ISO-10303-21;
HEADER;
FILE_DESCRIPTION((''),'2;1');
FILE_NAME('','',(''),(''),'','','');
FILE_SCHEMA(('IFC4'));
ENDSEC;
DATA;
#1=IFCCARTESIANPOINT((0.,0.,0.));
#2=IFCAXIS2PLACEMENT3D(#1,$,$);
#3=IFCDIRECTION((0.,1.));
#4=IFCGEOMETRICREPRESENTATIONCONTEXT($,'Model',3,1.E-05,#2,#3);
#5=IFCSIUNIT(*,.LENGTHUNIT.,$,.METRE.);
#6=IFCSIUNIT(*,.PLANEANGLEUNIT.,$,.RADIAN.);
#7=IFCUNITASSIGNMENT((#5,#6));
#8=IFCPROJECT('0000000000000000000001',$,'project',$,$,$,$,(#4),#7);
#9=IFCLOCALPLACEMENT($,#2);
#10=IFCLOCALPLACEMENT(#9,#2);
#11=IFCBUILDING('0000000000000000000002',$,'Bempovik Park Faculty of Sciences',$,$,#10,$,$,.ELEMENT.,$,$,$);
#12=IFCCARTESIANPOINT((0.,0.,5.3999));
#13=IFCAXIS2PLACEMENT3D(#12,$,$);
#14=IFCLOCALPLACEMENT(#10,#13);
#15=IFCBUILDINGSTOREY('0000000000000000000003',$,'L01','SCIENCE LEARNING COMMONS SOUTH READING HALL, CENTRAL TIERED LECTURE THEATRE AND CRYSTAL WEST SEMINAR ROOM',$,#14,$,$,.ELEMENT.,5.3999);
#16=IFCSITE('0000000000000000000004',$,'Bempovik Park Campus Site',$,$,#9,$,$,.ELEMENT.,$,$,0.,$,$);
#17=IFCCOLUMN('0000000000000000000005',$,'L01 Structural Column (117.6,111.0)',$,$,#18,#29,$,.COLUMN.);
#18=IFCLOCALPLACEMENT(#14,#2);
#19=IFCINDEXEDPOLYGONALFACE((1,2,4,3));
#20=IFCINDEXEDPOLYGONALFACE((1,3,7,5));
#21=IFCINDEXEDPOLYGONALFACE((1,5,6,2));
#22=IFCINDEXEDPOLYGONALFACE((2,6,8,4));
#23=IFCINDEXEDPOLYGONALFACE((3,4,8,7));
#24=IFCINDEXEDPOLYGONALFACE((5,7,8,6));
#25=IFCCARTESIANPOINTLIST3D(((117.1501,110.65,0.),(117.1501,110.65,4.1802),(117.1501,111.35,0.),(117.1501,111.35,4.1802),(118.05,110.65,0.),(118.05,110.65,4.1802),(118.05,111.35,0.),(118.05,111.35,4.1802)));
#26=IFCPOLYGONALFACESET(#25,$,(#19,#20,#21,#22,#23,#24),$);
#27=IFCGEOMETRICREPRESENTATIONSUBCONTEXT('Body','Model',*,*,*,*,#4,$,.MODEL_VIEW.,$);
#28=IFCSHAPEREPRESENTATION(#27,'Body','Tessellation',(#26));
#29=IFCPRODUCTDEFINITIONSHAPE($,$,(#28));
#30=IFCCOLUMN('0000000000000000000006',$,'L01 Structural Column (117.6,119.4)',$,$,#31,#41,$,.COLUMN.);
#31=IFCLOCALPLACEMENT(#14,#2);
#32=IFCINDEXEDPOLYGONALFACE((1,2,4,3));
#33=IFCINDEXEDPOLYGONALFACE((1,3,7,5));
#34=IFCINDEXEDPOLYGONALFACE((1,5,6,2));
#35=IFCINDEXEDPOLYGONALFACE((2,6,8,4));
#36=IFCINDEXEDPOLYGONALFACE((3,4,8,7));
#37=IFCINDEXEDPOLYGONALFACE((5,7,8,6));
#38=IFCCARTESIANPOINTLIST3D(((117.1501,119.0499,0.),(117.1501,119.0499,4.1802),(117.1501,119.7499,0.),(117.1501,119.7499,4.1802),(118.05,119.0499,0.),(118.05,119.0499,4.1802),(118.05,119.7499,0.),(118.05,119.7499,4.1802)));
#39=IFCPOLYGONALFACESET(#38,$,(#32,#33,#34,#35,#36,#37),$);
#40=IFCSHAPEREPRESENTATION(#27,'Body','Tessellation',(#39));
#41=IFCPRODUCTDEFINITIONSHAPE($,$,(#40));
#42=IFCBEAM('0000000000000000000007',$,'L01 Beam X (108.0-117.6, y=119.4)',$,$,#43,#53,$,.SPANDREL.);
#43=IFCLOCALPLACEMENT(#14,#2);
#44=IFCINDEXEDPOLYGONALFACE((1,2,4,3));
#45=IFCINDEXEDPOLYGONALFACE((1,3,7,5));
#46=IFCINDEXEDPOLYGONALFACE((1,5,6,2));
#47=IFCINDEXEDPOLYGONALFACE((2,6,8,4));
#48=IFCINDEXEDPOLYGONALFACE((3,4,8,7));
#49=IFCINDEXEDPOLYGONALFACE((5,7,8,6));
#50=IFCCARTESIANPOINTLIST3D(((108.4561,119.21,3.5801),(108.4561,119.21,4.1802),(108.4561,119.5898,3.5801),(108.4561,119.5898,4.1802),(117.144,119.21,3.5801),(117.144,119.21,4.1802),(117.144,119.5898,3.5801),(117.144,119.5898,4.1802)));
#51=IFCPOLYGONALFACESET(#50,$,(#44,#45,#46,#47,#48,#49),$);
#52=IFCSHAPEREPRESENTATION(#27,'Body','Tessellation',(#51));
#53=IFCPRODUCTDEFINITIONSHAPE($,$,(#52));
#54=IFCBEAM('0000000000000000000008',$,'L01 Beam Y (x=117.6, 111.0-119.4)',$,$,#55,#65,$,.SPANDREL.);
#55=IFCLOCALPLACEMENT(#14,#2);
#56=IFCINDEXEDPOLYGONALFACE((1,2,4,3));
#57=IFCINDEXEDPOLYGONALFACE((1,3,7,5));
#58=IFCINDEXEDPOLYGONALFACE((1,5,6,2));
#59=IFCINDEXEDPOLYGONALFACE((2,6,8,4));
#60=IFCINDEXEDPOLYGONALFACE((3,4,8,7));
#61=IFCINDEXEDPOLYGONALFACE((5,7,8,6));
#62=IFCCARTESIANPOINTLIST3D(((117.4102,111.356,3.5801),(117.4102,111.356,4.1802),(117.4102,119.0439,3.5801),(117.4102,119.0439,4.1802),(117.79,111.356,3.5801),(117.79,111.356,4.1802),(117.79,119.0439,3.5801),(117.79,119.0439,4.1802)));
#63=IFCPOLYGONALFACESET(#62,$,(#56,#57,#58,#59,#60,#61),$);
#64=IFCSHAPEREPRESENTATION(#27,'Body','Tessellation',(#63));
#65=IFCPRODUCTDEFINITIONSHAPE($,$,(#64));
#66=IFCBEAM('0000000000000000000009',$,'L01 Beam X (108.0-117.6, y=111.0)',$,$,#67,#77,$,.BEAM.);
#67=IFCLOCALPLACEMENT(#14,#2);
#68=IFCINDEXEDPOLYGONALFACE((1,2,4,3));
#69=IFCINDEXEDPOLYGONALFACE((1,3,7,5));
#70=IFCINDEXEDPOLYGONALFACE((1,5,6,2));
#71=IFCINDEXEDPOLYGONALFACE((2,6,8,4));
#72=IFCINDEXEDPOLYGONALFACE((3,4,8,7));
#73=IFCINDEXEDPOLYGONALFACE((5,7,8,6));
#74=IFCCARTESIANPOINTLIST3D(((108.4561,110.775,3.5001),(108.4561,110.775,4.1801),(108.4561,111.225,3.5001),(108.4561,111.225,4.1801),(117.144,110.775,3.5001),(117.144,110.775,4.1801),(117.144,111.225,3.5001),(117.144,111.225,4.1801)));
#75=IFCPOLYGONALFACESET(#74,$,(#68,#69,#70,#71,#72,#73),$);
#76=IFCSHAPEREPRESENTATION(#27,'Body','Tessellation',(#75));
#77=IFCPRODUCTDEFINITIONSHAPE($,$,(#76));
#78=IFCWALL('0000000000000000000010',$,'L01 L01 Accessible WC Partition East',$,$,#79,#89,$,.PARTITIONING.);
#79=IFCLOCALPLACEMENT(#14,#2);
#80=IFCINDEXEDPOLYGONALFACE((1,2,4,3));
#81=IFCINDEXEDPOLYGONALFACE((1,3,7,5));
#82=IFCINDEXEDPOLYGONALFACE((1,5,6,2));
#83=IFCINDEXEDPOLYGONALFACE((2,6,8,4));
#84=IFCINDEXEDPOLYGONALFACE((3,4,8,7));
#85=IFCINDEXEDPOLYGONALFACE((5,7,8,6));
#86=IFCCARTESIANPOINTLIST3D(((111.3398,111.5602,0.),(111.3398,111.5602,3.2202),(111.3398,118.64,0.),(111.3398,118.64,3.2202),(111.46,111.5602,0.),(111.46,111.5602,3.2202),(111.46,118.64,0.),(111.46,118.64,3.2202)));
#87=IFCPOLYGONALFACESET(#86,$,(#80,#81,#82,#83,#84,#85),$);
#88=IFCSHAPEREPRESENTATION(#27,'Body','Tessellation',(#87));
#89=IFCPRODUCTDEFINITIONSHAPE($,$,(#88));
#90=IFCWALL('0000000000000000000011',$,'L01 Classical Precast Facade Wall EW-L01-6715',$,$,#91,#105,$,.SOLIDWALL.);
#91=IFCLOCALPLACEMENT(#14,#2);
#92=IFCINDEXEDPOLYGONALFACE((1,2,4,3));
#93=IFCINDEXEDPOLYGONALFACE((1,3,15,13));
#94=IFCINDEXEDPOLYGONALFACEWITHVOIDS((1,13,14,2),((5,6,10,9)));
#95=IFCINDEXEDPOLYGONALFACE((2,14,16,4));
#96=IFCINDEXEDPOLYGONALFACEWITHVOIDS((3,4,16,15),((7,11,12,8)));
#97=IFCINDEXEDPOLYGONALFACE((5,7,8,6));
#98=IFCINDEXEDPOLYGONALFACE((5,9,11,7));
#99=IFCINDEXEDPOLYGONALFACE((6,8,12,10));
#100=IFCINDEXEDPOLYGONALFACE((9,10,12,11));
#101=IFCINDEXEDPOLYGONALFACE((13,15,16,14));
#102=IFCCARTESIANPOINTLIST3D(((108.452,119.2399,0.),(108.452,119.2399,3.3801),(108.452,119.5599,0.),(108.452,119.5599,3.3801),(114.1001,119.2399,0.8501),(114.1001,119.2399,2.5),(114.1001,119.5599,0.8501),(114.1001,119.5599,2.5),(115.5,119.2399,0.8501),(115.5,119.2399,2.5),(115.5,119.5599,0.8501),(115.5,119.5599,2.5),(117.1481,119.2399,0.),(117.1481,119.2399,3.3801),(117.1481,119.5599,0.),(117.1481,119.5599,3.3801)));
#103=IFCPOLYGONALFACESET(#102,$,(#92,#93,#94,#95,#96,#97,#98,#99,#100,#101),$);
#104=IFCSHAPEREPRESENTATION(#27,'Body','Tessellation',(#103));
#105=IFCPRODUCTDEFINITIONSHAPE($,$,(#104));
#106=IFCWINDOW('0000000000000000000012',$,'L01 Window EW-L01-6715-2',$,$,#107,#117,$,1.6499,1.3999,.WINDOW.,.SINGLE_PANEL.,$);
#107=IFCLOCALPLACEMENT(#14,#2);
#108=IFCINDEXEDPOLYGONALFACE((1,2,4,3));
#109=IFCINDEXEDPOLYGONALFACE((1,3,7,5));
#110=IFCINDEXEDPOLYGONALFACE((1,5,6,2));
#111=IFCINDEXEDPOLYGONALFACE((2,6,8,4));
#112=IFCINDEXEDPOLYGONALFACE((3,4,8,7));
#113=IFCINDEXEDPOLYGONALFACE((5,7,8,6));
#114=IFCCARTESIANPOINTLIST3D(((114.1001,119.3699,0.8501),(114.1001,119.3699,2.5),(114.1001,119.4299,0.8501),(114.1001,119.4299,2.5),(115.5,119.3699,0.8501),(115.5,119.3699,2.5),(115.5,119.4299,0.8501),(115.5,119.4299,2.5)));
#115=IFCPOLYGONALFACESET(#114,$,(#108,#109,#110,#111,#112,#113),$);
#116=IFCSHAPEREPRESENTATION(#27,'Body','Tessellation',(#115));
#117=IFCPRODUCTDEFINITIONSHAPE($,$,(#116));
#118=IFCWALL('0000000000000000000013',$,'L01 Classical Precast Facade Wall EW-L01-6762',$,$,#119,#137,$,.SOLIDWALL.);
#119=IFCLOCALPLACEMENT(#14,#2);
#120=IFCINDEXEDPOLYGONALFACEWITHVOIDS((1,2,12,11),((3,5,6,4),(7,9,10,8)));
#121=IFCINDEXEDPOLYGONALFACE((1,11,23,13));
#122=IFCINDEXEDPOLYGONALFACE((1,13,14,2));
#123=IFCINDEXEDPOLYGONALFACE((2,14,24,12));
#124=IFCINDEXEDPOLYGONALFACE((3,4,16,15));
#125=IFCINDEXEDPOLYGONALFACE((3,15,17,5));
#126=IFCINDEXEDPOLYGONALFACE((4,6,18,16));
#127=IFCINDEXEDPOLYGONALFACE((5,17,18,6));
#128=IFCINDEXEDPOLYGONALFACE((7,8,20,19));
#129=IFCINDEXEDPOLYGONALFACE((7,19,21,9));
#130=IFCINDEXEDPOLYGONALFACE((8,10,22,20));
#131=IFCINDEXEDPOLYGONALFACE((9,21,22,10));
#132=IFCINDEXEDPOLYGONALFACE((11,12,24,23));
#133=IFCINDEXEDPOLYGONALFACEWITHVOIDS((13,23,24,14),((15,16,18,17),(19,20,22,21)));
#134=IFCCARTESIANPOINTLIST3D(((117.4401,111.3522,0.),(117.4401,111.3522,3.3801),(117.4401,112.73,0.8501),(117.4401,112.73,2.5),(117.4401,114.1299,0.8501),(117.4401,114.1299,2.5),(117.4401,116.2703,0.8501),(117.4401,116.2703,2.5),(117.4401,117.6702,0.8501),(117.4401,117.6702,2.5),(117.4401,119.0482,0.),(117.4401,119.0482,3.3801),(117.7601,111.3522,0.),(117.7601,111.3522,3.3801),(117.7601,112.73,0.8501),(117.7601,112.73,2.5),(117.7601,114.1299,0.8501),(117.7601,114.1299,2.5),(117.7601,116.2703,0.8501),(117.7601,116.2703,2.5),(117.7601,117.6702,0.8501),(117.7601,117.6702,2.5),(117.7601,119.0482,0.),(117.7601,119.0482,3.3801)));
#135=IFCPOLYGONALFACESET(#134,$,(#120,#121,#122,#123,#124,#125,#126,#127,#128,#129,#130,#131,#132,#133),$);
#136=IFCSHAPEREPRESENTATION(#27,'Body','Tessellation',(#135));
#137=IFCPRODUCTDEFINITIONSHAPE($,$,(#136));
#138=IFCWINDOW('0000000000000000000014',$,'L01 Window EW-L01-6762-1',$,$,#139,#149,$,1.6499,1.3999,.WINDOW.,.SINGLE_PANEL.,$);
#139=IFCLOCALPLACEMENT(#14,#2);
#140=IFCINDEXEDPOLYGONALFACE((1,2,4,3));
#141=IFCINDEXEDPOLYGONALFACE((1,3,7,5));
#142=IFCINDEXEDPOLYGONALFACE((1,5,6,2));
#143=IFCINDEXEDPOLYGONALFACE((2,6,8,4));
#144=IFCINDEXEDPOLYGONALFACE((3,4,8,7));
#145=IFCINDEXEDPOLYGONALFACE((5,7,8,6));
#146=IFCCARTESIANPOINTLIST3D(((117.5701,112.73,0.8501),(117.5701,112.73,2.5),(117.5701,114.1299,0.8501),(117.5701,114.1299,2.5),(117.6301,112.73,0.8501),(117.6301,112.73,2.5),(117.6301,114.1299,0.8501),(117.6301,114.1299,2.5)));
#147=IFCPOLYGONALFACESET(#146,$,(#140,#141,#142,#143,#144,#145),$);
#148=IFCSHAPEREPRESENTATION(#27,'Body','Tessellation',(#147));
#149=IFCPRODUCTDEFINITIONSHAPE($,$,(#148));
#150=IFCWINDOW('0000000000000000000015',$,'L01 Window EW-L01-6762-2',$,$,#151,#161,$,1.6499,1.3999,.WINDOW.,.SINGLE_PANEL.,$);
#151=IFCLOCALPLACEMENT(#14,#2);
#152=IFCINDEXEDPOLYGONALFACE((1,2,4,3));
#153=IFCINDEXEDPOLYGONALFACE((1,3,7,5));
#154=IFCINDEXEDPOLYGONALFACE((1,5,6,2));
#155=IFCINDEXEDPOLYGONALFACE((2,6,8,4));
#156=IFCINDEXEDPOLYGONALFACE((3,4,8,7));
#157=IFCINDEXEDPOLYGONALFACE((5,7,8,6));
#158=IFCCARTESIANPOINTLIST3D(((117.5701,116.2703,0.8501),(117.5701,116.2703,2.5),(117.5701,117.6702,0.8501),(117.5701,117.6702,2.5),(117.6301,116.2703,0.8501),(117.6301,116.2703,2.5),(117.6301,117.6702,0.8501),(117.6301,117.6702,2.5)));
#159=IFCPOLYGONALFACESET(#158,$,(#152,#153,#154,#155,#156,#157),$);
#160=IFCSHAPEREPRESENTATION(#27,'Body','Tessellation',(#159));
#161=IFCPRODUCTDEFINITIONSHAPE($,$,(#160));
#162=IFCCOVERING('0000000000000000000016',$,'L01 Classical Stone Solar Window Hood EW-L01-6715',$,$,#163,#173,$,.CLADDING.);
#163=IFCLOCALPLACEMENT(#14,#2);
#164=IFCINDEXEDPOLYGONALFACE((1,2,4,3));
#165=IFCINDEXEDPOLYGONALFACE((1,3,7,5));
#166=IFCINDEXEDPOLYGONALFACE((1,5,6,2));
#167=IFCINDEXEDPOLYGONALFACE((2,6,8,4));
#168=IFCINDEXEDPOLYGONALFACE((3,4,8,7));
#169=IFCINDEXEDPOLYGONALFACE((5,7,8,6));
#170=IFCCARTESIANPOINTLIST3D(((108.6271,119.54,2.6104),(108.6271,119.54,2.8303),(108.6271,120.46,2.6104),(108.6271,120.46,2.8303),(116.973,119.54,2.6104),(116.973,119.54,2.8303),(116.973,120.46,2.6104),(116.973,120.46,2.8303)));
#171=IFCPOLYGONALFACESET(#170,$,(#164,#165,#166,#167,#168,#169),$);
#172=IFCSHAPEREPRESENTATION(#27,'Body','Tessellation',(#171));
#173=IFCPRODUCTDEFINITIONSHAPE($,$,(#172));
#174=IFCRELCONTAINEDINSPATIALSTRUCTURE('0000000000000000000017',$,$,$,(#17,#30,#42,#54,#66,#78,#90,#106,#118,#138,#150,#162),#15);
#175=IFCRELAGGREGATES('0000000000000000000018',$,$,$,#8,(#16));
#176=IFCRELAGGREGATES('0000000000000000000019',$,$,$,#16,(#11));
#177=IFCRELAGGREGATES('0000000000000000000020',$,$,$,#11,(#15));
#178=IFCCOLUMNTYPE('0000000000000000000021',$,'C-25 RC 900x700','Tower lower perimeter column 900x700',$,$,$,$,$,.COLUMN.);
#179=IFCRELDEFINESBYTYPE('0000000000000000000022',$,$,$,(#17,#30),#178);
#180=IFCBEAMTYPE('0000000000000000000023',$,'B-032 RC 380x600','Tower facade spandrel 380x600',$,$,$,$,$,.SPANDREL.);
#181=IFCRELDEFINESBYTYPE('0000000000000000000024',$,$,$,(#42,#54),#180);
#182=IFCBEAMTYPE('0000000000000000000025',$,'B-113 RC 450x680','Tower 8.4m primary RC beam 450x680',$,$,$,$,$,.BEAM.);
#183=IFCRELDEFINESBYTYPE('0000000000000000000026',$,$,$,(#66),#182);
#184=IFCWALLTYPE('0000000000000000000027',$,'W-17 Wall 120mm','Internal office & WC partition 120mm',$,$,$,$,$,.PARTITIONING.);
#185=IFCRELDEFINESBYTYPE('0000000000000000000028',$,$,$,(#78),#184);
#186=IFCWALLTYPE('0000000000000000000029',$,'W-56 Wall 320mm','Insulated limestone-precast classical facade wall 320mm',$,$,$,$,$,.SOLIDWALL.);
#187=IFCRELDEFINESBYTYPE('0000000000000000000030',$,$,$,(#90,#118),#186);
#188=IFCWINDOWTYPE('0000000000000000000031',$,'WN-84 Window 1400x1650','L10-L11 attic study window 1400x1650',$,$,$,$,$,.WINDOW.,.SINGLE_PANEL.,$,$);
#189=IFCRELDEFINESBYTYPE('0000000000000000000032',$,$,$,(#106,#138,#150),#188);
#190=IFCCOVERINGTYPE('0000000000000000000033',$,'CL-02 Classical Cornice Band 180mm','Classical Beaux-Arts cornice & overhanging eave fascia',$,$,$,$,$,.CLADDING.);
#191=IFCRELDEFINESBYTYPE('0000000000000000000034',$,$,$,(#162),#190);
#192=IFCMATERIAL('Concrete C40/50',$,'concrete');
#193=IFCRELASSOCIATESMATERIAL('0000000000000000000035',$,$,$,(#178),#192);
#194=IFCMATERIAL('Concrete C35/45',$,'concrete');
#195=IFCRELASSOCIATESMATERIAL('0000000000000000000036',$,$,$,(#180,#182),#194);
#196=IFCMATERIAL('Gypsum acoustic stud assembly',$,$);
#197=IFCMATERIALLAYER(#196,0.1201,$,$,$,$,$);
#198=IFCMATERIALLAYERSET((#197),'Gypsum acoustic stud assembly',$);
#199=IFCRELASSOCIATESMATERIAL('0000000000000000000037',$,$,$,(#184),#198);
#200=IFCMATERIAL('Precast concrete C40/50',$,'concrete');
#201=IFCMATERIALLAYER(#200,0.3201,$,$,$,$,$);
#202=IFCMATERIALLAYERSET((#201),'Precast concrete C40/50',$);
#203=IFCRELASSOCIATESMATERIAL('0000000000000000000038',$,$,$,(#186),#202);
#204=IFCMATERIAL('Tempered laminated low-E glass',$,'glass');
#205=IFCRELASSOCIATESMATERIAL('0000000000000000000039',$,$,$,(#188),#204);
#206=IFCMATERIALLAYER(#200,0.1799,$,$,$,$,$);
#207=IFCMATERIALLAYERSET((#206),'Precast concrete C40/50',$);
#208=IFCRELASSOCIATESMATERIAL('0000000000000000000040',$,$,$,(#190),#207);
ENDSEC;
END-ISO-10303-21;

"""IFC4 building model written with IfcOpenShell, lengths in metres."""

from ifc_helpers import new_model, si_unit, direction, frame, frame_2d, origin, origin_2d, place, context, subcontext, project, spatial, rectangle, extrude, material, layer, layer_set, material_profile, profile_set, type_object, element, fill, save


model = new_model("IFC4")

# Units and contexts
model_context = context("Model", 3, precision=1e-05, world=origin(), true_north=direction((0.0, 1.0)))
body_context = subcontext(model_context, "Body", "Model", "MODEL_VIEW")
ifc_project = project(units=[si_unit("LENGTHUNIT", "METRE"), si_unit("PLANEANGLEUNIT", "RADIAN")], contexts=[model_context])

# Site, building, storey
site_placement = place(None, origin())
site = spatial("IfcSite", under=ifc_project, at=site_placement, Name="Bempovik Park Campus Site", CompositionType="ELEMENT", RefElevation=0.0)
building_placement = place(site_placement, origin())
building = spatial("IfcBuilding", under=site, at=building_placement, Name="Bempovik Park Faculty of Sciences", CompositionType="ELEMENT")
storey_placement = place(building_placement, frame((0.0, 0.0, 5.3999)))
storey = spatial("IfcBuildingStorey", under=building, at=storey_placement, Name="L01", Description="SCIENCE LEARNING COMMONS SOUTH READING HALL, CENTRAL TIERED LECTURE THEATRE AND CRYSTAL WEST SEMINAR ROOM", CompositionType="ELEMENT", Elevation=5.3999)

# Columns
ifc_material_1 = material(Name="Concrete C40/50", Category="concrete")
ifc_material_profile_1 = material_profile(ifc_material_1, rectangle(XDim=0.8999, YDim=0.7, at=origin_2d()), Name="RC 900x700")
ifc_profile_set_1 = profile_set([ifc_material_profile_1], Name="Concrete C40/50")
column_type = type_object("IfcColumnType", Name="C-25 RC 900x700", Description="Tower lower perimeter column 900x700", PredefinedType="COLUMN", material=ifc_profile_set_1)
for number, where, z_axis, x_axis, name in (
    (1, (117.6001, 111.0, 0.0), (0.0, 0.0, 1.0), (1.0, 0.0, 0.0), "L01 Structural Column (117.6,111.0)"),
    (2, (117.6001, 119.3999, 0.0), (0.0, 0.0, 1.0), (1.0, 0.0, 0.0), "L01 Structural Column (117.6,119.4)"),
):
    element("IfcColumn", number, at=place(storey_placement, frame(where, z_axis=z_axis, x_axis=x_axis)), inside=storey, type_object=column_type, Name=name, PredefinedType="COLUMN", context=body_context, shape_type="SweptSolid", body=[
        extrude(rectangle(XDim=0.8999, YDim=0.7, at=origin_2d()), origin(), (0.0, 0.0, 1.0), 4.1802),
    ])

# Beams
ifc_material_2 = material(Name="Concrete C35/45", Category="concrete")
ifc_material_profile_2 = material_profile(ifc_material_2, rectangle(XDim=0.3799, YDim=0.6001, at=origin_2d()), Name="RC 380x600")
ifc_profile_set_2 = profile_set([ifc_material_profile_2], Name="Concrete C35/45")
beam_type_1 = type_object("IfcBeamType", Name="B-032 RC 380x600", Description="Tower facade spandrel 380x600", PredefinedType="SPANDREL", material=ifc_profile_set_2)
beam_1_placement = place(storey_placement, frame((108.4561, 119.3999, 3.8801), z_axis=(1.0, 0.0, 0.0), x_axis=(0.0, 1.0, 0.0)))
element("IfcBeam", 3, at=beam_1_placement, inside=storey, type_object=beam_type_1, Name="L01 Beam X (108.0-117.6, y=119.4)", PredefinedType="SPANDREL", context=body_context, shape_type="SweptSolid", body=[
    extrude(rectangle(XDim=0.3799, YDim=0.6001, at=origin_2d()), origin(), (0.0, 0.0, 1.0), 8.688),
])
beam_2_placement = place(storey_placement, frame((117.6001, 111.356, 3.8801), z_axis=(0.0, 1.0, 0.0), x_axis=(-1.0, 0.0, 0.0)))
element("IfcBeam", 4, at=beam_2_placement, inside=storey, type_object=beam_type_1, Name="L01 Beam Y (x=117.6, 111.0-119.4)", PredefinedType="SPANDREL", context=body_context, shape_type="SweptSolid", body=[
    extrude(rectangle(XDim=0.3799, YDim=0.6001, at=origin_2d()), origin(), (0.0, 0.0, 1.0), 7.688),
])
ifc_material_profile_3 = material_profile(ifc_material_2, rectangle(XDim=0.45, YDim=0.6799, at=origin_2d()), Name="RC 450x680")
ifc_profile_set_3 = profile_set([ifc_material_profile_3], Name="Concrete C35/45")
beam_type_2 = type_object("IfcBeamType", Name="B-113 RC 450x680", Description="Tower 8.4m primary RC beam 450x680", PredefinedType="BEAM", material=ifc_profile_set_3)
beam_3_placement = place(storey_placement, frame((108.4561, 111.0, 3.8401), z_axis=(1.0, 0.0, 0.0), x_axis=(0.0, 1.0, 0.0)))
element("IfcBeam", 5, at=beam_3_placement, inside=storey, type_object=beam_type_2, Name="L01 Beam X (108.0-117.6, y=111.0)", PredefinedType="BEAM", context=body_context, shape_type="SweptSolid", body=[
    extrude(rectangle(XDim=0.45, YDim=0.6799, at=origin_2d()), origin(), (0.0, 0.0, 1.0), 8.688),
])

# Wall
ifc_material_3 = material(Name="Gypsum acoustic stud assembly")
ifc_layer_1 = layer(ifc_material_3, 0.1201)
ifc_layer_set_1 = layer_set([ifc_layer_1], Name="Gypsum acoustic stud assembly")
wall_type_1 = type_object("IfcWallType", Name="W-17 Wall 120mm", Description="Internal office & WC partition 120mm", PredefinedType="PARTITIONING", material=ifc_layer_set_1)
wall_1_placement = place(storey_placement, frame((111.3999, 111.5601, 0.0), z_axis=(0.0, 0.0, 1.0), x_axis=(0.0, 1.0, 0.0)))
element("IfcWall", 6, at=wall_1_placement, inside=storey, type_object=wall_type_1, Name="L01 L01 Accessible WC Partition East", PredefinedType="PARTITIONING", context=body_context, shape_type="SweptSolid", body=[
    extrude(rectangle(XDim=7.0798, YDim=0.1201, at=frame_2d((3.54, 0.0))), origin(), (0.0, 0.0, 1.0), 3.2202),
])

# Wall, opening, window
ifc_material_4 = material(Name="Precast concrete C40/50", Category="concrete")
ifc_layer_2 = layer(ifc_material_4, 0.3201)
ifc_layer_set_2 = layer_set([ifc_layer_2], Name="Precast concrete C40/50")
wall_type_2 = type_object("IfcWallType", Name="W-56 Wall 320mm", Description="Insulated limestone-precast classical facade wall 320mm", PredefinedType="SOLIDWALL", material=ifc_layer_set_2)
wall_2_placement = place(storey_placement, frame((108.4519, 119.3999, 0.0), z_axis=(0.0, 0.0, 1.0), x_axis=(1.0, 0.0, 0.0)))
wall_2 = element("IfcWall", 7, at=wall_2_placement, inside=storey, type_object=wall_type_2, Name="L01 Classical Precast Facade Wall EW-L01-6715", PredefinedType="SOLIDWALL", context=body_context, shape_type="SweptSolid", body=[
    extrude(rectangle(XDim=8.696, YDim=0.3201, at=frame_2d((4.3481, 0.0))), origin(), (0.0, 0.0, 1.0), 3.3801),
])
opening_1_placement = place(wall_2_placement, frame((5.6482, 0.0, 0.8501)))
opening_1 = element("IfcOpeningElement", 8, at=opening_1_placement, cuts=wall_2, PredefinedType="OPENING", context=body_context, shape_type="SweptSolid", body=[
    extrude(rectangle(XDim=1.3999, YDim=1.6499, at=frame_2d((0.7, 0.825))), frame((0.0, 0.1699, 0.0), z_axis=(0.0, -1.0, 0.0), x_axis=(1.0, 0.0, 0.0)), (0.0, 0.0, 1.0), 0.3401),
])
ifc_material_5 = material(Name="Tempered laminated low-E glass", Category="glass")
window_type = type_object("IfcWindowType", Name="WN-84 Window 1400x1650", Description="L10-L11 attic study window 1400x1650", PartitioningType="SINGLE_PANEL", PredefinedType="WINDOW", material=ifc_material_5)
window_1_placement = place(opening_1_placement, origin())
window_1 = element("IfcWindow", 9, at=window_1_placement, inside=storey, type_object=window_type, Name="L01 Window EW-L01-6715-2", OverallHeight=1.6499, OverallWidth=1.3999, PartitioningType="SINGLE_PANEL", PredefinedType="WINDOW", context=body_context, shape_type="SweptSolid", body=[
    extrude(rectangle(XDim=1.3999, YDim=1.6499, at=frame_2d((0.7, 0.825))), frame((0.0, 0.03, 0.0), z_axis=(0.0, -1.0, 0.0), x_axis=(1.0, 0.0, 0.0)), (0.0, 0.0, 1.0), 0.0601),
])
fill(opening_1, window_1)

# Wall, openings, windows
wall_3_placement = place(storey_placement, frame((117.6001, 111.3521, 0.0), z_axis=(0.0, 0.0, 1.0), x_axis=(0.0, 1.0, 0.0)))
wall_3 = element("IfcWall", 10, at=wall_3_placement, inside=storey, type_object=wall_type_2, Name="L01 Classical Precast Facade Wall EW-L01-6762", PredefinedType="SOLIDWALL", context=body_context, shape_type="SweptSolid", body=[
    extrude(rectangle(XDim=7.696, YDim=0.3201, at=frame_2d((3.8481, 0.0))), origin(), (0.0, 0.0, 1.0), 3.3801),
])
opening_2_placement = place(wall_3_placement, frame((1.3779, 0.0, 0.8501)))
opening_2 = element("IfcOpeningElement", 11, at=opening_2_placement, cuts=wall_3, PredefinedType="OPENING", context=body_context, shape_type="SweptSolid", body=[
    extrude(rectangle(XDim=1.3999, YDim=1.6499, at=frame_2d((0.7, 0.825))), frame((0.0, 0.1699, 0.0), z_axis=(0.0, -1.0, 0.0), x_axis=(1.0, 0.0, 0.0)), (0.0, 0.0, 1.0), 0.3401),
])
opening_3_placement = place(wall_3_placement, frame((4.9182, 0.0, 0.8501)))
opening_3 = element("IfcOpeningElement", 12, at=opening_3_placement, cuts=wall_3, PredefinedType="OPENING", context=body_context, shape_type="SweptSolid", body=[
    extrude(rectangle(XDim=1.3999, YDim=1.6499, at=frame_2d((0.7, 0.825))), frame((0.0, 0.1699, 0.0), z_axis=(0.0, -1.0, 0.0), x_axis=(1.0, 0.0, 0.0)), (0.0, 0.0, 1.0), 0.3401),
])
window_2_placement = place(opening_2_placement, origin())
window_2 = element("IfcWindow", 13, at=window_2_placement, inside=storey, type_object=window_type, Name="L01 Window EW-L01-6762-1", OverallHeight=1.6499, OverallWidth=1.3999, PartitioningType="SINGLE_PANEL", PredefinedType="WINDOW", context=body_context, shape_type="SweptSolid", body=[
    extrude(rectangle(XDim=1.3999, YDim=1.6499, at=frame_2d((0.7, 0.825))), frame((0.0, 0.03, 0.0), z_axis=(0.0, -1.0, 0.0), x_axis=(1.0, 0.0, 0.0)), (0.0, 0.0, 1.0), 0.0601),
])
fill(opening_2, window_2)
window_3_placement = place(opening_3_placement, origin())
window_3 = element("IfcWindow", 14, at=window_3_placement, inside=storey, type_object=window_type, Name="L01 Window EW-L01-6762-2", OverallHeight=1.6499, OverallWidth=1.3999, PartitioningType="SINGLE_PANEL", PredefinedType="WINDOW", context=body_context, shape_type="SweptSolid", body=[
    extrude(rectangle(XDim=1.3999, YDim=1.6499, at=frame_2d((0.7, 0.825))), frame((0.0, 0.03, 0.0), z_axis=(0.0, -1.0, 0.0), x_axis=(1.0, 0.0, 0.0)), (0.0, 0.0, 1.0), 0.0601),
])
fill(opening_3, window_3)

# Covering
ifc_layer_3 = layer(ifc_material_4, 0.1799)
ifc_layer_set_3 = layer_set([ifc_layer_3], Name="Precast concrete C40/50")
covering_type_1 = type_object("IfcCoveringType", Name="CL-02 Classical Cornice Band 180mm", Description="Classical Beaux-Arts cornice & overhanging eave fascia", PredefinedType="CLADDING", material=ifc_layer_set_3)
covering_1_placement = place(storey_placement, frame((112.8, 120.0, 2.6104), z_axis=(0.0, 0.0, 1.0), x_axis=(1.0, 0.0, 0.0)))
element("IfcCovering", 15, at=covering_1_placement, inside=storey, type_object=covering_type_1, Name="L01 Classical Stone Solar Window Hood EW-L01-6715", PredefinedType="CLADDING", context=body_context, shape_type="SweptSolid", body=[
    extrude(rectangle(XDim=8.3459, YDim=0.9199, at=origin_2d()), origin(), (0.0, 0.0, 1.0), 0.22),
])

save(model, "model.ifc")
